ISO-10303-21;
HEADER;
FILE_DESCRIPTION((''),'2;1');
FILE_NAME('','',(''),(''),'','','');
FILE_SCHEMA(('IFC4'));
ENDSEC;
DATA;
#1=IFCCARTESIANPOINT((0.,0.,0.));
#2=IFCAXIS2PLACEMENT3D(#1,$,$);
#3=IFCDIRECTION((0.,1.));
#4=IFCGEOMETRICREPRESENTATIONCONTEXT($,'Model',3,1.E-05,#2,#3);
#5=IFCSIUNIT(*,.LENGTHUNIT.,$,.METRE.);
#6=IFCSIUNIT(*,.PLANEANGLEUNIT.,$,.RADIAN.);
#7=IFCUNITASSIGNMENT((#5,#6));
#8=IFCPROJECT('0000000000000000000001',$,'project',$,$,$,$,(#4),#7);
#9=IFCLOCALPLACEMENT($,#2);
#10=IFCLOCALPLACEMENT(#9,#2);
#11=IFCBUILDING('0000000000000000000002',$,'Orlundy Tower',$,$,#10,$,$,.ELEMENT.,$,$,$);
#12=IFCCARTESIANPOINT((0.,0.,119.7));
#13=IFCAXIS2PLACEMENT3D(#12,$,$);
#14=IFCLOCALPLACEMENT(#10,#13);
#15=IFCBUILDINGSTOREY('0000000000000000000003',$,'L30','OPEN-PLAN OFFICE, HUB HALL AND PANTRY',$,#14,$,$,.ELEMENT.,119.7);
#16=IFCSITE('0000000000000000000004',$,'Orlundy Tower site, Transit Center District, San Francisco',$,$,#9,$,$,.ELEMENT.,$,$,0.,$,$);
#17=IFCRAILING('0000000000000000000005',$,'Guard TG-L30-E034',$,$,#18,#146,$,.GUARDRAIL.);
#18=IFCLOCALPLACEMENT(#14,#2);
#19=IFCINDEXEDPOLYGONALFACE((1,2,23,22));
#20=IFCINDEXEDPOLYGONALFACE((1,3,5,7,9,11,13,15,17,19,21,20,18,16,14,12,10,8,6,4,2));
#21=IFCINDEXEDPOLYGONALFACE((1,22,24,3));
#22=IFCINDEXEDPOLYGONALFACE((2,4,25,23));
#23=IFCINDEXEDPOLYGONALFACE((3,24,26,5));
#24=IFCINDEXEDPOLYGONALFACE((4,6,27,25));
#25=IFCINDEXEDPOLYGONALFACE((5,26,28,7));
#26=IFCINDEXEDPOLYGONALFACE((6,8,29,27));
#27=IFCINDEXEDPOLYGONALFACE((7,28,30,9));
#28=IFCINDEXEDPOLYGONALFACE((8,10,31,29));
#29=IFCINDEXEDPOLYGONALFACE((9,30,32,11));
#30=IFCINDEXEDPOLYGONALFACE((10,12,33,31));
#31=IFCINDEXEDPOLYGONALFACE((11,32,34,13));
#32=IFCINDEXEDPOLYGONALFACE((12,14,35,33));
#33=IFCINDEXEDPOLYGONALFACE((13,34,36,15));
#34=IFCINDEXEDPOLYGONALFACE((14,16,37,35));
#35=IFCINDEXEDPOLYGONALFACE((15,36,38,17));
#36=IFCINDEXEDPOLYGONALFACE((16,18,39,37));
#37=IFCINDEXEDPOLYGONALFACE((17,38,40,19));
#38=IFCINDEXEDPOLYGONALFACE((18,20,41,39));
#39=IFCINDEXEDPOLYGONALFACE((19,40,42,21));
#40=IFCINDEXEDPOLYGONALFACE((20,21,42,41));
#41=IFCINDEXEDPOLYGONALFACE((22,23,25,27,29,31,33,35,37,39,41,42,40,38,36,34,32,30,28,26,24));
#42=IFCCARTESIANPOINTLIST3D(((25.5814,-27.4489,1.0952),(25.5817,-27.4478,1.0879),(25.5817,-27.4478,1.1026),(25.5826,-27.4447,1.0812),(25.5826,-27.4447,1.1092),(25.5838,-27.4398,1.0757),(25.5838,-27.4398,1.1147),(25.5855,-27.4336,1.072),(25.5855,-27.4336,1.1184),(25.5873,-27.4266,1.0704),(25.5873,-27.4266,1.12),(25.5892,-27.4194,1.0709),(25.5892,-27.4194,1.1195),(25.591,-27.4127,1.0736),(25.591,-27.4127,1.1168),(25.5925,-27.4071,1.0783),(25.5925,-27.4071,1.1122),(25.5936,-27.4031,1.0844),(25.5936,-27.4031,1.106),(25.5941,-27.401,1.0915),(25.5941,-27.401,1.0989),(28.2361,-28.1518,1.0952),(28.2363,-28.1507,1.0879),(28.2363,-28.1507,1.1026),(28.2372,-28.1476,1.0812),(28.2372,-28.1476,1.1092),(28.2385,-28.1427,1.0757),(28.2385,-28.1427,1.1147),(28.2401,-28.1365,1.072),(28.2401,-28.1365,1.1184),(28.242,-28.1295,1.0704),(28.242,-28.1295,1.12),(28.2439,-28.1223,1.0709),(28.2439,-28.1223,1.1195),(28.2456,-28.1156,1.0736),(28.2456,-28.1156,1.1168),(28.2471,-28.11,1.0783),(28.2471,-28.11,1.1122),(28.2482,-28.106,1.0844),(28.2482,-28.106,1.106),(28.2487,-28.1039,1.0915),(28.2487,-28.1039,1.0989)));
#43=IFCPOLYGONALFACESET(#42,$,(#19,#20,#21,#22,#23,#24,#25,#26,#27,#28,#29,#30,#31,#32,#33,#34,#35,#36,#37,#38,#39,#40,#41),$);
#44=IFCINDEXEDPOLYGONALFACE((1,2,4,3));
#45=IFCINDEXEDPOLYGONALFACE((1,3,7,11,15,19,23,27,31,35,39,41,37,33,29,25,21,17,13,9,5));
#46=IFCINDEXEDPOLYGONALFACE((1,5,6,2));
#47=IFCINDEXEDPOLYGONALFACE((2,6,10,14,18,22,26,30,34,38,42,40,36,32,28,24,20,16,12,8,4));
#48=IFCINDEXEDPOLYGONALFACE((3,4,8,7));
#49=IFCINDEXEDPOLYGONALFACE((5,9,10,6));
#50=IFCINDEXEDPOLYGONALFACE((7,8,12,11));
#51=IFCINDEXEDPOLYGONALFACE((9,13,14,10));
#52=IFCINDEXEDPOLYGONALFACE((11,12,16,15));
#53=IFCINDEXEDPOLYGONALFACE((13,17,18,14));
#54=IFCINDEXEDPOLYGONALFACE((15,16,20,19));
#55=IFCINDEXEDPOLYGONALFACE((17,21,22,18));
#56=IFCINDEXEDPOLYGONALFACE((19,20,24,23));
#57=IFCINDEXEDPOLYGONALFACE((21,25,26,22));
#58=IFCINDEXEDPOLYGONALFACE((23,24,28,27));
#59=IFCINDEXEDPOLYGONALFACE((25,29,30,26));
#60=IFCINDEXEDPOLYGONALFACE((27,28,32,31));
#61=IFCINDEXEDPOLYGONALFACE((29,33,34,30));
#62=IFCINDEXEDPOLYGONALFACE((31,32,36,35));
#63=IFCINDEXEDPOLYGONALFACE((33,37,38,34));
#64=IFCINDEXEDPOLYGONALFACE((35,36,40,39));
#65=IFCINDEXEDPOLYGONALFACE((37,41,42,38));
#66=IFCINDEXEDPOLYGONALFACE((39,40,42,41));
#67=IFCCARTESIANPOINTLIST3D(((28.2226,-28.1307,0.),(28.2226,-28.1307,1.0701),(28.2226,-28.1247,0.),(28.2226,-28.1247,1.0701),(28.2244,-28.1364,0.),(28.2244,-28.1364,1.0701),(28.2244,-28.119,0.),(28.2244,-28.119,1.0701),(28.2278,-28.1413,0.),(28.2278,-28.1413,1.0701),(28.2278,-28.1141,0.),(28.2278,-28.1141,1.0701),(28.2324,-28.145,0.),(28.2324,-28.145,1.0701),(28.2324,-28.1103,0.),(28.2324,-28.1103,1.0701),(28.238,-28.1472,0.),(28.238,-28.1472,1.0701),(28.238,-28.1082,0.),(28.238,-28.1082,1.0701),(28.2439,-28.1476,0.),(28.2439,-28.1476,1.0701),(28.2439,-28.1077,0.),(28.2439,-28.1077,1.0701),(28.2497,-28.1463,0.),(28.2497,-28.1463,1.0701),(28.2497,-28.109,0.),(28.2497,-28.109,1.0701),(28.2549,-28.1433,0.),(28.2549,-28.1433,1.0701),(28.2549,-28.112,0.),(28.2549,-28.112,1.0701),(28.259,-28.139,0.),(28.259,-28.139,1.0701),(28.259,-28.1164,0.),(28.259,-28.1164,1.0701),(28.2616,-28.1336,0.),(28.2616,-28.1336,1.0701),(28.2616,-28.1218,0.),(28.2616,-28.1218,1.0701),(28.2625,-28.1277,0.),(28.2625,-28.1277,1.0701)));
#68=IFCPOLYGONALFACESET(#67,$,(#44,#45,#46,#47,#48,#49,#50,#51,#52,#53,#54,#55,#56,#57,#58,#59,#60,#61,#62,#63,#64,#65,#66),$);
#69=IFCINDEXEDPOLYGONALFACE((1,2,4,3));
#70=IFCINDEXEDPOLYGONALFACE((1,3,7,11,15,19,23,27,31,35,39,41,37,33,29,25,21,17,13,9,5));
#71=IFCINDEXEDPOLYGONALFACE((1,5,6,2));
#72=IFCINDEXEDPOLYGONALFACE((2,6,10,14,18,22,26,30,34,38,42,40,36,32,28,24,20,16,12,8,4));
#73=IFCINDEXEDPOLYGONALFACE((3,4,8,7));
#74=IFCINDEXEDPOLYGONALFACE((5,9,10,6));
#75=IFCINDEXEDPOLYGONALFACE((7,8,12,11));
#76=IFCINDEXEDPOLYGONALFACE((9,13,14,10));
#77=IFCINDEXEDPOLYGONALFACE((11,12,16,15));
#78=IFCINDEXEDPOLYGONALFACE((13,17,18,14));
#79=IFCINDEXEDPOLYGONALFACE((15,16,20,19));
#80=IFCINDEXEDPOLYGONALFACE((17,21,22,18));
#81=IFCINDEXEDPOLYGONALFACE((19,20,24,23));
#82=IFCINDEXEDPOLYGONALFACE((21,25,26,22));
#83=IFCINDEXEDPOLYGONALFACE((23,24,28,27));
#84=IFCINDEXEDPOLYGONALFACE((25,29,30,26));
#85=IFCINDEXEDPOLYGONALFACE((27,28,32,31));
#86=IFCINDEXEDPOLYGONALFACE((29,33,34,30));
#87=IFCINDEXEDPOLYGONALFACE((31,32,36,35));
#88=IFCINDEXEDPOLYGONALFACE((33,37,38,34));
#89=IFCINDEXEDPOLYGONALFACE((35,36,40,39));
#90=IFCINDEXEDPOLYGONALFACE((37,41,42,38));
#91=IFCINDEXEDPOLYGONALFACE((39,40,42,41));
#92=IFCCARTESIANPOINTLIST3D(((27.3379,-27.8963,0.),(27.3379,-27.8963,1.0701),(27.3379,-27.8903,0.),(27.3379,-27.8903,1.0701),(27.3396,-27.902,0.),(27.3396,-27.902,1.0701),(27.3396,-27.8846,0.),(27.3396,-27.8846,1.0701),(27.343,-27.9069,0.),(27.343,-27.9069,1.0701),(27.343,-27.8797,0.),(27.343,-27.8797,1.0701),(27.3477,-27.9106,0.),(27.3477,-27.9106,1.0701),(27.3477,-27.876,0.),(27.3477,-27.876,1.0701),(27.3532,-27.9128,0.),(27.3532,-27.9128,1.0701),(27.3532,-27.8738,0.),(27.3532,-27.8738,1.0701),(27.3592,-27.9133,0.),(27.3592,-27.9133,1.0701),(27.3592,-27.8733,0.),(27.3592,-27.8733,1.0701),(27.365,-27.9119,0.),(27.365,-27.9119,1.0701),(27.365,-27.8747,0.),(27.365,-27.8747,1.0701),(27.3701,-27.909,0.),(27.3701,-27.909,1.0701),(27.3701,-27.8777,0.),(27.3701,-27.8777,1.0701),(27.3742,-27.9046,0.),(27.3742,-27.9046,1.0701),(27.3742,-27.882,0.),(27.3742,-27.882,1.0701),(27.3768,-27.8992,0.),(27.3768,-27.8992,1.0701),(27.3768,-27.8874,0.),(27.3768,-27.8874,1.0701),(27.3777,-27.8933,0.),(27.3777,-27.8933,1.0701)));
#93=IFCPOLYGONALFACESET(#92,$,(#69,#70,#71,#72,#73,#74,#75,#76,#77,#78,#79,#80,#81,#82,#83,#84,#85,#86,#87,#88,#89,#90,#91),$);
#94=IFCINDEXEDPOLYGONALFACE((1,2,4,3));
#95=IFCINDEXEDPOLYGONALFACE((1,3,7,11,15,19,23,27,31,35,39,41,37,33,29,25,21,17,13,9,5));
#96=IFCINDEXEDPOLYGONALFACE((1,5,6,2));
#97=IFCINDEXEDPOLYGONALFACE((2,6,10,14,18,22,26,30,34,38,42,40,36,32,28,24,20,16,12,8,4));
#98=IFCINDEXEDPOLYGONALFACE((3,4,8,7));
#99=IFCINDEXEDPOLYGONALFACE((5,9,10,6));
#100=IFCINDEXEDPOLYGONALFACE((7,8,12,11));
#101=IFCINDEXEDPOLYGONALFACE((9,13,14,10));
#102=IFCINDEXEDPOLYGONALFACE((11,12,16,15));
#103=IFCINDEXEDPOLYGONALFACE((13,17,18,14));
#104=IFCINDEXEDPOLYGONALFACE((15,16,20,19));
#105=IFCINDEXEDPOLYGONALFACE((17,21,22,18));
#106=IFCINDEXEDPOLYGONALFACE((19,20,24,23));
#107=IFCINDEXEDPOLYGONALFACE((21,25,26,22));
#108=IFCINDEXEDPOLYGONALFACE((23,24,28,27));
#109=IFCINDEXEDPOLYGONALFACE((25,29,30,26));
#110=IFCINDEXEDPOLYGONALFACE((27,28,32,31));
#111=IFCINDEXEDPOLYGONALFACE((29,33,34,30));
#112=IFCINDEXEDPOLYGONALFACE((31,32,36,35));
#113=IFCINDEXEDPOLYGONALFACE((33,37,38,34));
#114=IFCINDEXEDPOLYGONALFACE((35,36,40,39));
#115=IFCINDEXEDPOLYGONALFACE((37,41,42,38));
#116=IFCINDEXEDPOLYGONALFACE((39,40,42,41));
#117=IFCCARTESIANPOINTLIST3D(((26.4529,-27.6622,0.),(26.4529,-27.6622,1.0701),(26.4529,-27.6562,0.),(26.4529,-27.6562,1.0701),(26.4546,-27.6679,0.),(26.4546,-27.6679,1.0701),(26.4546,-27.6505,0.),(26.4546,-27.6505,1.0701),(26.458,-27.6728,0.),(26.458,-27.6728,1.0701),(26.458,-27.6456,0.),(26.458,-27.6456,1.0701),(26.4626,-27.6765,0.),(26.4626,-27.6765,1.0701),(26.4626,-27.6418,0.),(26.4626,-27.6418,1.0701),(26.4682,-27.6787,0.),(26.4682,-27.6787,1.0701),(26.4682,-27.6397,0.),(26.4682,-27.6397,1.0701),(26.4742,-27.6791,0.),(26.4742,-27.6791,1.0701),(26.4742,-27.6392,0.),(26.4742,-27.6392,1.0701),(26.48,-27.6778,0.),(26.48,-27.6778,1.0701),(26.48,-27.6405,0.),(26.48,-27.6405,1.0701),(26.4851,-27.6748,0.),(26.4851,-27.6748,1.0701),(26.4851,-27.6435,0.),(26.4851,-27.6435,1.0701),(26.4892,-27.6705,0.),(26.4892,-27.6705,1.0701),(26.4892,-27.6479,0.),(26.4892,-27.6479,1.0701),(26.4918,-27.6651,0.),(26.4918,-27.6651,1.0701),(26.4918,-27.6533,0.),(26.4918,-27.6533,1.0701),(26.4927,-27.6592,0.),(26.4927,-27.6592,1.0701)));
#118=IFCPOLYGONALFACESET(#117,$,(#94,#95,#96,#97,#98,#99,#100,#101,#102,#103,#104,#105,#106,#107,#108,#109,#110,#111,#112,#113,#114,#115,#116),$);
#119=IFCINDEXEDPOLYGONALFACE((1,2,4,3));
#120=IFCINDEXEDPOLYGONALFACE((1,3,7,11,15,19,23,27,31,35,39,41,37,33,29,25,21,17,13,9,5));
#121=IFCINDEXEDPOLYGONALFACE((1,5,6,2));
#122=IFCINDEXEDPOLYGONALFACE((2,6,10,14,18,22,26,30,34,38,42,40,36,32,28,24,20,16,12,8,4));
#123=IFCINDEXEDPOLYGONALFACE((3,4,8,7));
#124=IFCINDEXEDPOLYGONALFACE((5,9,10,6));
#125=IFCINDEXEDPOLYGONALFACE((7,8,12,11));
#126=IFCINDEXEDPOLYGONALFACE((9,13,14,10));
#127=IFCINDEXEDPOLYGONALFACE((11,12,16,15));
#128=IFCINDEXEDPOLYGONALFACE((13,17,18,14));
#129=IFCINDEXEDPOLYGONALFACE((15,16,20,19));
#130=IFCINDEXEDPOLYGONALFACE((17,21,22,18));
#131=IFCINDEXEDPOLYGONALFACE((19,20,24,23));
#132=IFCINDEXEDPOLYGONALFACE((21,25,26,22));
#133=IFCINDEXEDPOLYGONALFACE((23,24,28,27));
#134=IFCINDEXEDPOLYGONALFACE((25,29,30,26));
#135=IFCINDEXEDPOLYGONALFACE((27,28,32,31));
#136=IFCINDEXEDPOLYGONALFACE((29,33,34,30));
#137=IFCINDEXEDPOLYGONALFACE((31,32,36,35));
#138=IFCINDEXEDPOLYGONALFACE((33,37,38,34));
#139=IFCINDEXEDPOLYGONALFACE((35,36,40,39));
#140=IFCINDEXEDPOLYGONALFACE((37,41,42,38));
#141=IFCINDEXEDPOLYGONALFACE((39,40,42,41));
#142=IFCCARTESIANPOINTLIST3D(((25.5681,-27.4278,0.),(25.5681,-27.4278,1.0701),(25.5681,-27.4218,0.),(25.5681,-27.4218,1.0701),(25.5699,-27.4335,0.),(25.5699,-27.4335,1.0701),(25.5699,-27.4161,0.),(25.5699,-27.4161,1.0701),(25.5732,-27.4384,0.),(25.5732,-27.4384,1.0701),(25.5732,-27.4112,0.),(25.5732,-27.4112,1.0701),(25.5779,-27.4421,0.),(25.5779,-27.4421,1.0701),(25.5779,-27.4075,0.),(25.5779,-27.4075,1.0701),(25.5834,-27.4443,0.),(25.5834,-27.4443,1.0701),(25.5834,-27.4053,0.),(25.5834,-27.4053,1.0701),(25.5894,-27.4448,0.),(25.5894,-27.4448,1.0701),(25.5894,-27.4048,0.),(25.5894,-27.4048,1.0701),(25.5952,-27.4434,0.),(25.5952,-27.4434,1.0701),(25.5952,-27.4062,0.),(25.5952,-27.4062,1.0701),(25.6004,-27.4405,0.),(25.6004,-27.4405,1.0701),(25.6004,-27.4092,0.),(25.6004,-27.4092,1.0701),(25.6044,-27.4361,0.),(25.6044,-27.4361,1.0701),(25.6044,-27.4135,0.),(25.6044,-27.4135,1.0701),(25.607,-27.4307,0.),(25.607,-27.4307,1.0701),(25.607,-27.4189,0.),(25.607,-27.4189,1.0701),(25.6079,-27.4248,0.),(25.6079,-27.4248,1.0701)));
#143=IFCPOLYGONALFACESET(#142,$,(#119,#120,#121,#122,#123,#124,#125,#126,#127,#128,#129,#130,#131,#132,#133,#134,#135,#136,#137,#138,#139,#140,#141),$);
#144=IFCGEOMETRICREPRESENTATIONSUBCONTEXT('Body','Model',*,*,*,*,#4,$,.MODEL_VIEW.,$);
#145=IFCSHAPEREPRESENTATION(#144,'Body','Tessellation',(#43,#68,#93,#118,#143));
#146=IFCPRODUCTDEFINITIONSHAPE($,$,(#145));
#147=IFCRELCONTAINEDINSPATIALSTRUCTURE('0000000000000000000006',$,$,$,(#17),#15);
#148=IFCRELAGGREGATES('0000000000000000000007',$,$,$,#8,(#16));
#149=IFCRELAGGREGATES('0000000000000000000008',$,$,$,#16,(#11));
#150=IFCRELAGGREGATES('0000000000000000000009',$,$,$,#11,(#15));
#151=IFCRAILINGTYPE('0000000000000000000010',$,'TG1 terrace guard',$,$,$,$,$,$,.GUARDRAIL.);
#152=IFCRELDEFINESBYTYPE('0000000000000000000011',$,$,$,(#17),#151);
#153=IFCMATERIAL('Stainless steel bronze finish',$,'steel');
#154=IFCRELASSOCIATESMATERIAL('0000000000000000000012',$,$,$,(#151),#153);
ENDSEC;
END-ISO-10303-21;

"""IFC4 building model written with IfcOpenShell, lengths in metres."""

from ifc_helpers import new_model, si_unit, direction, frame, origin, origin_2d, place, context, subcontext, project, spatial, circle, extrude, material, type_object, element, save


model = new_model("IFC4")

# Units and contexts
model_context = context("Model", 3, precision=1e-05, world=origin(), true_north=direction((0.0, 1.0)))
body_context = subcontext(model_context, "Body", "Model", "MODEL_VIEW")
ifc_project = project(units=[si_unit("LENGTHUNIT", "METRE"), si_unit("PLANEANGLEUNIT", "RADIAN")], contexts=[model_context])

# Site, building, storey
site_placement = place(None, origin())
site = spatial("IfcSite", under=ifc_project, at=site_placement, Name="Orlundy Tower site, Transit Center District, San Francisco", CompositionType="ELEMENT", RefElevation=0.0)
building_placement = place(site_placement, origin())
building = spatial("IfcBuilding", under=site, at=building_placement, Name="Orlundy Tower", CompositionType="ELEMENT")
storey_placement = place(building_placement, frame((0.0, 0.0, 119.7)))
storey = spatial("IfcBuildingStorey", under=building, at=storey_placement, Name="L30", Description="OPEN-PLAN OFFICE, HUB HALL AND PANTRY", CompositionType="ELEMENT", Elevation=119.7)

# Railing
ifc_material_1 = material(Name="Stainless steel bronze finish", Category="steel")
railing_type = type_object("IfcRailingType", Name="TG1 terrace guard", PredefinedType="GUARDRAIL", material=ifc_material_1)
railing_1_placement = place(storey_placement, frame((28.2424, -28.1277, 0.0)))
element("IfcRailing", 1, at=railing_1_placement, inside=storey, type_object=railing_type, Name="Guard TG-L30-E034", PredefinedType="GUARDRAIL", context=body_context, shape_type="SweptSolid", body=[
    extrude(circle(Radius=0.0249, at=origin_2d()), frame((0.0, 0.0, 1.0952), z_axis=(-0.966686, 0.255963, 0.0), x_axis=(-0.255963, -0.966686, 0.0)), (0.0, 0.0, 1.0), 2.7461),
    extrude(circle(Radius=0.02, at=origin_2d()), origin(), (0.0, 0.0, 1.0), 1.0701),
    extrude(circle(Radius=0.02, at=origin_2d()), frame((-0.8848, 0.2344, 0.0)), (0.0, 0.0, 1.0), 1.0701),
    extrude(circle(Radius=0.02, at=origin_2d()), frame((-1.7698, 0.4685, 0.0)), (0.0, 0.0, 1.0), 1.0701),
    extrude(circle(Radius=0.02, at=origin_2d()), frame((-2.6545, 0.7029, 0.0)), (0.0, 0.0, 1.0), 1.0701),
])

save(model, "model.ifc")
